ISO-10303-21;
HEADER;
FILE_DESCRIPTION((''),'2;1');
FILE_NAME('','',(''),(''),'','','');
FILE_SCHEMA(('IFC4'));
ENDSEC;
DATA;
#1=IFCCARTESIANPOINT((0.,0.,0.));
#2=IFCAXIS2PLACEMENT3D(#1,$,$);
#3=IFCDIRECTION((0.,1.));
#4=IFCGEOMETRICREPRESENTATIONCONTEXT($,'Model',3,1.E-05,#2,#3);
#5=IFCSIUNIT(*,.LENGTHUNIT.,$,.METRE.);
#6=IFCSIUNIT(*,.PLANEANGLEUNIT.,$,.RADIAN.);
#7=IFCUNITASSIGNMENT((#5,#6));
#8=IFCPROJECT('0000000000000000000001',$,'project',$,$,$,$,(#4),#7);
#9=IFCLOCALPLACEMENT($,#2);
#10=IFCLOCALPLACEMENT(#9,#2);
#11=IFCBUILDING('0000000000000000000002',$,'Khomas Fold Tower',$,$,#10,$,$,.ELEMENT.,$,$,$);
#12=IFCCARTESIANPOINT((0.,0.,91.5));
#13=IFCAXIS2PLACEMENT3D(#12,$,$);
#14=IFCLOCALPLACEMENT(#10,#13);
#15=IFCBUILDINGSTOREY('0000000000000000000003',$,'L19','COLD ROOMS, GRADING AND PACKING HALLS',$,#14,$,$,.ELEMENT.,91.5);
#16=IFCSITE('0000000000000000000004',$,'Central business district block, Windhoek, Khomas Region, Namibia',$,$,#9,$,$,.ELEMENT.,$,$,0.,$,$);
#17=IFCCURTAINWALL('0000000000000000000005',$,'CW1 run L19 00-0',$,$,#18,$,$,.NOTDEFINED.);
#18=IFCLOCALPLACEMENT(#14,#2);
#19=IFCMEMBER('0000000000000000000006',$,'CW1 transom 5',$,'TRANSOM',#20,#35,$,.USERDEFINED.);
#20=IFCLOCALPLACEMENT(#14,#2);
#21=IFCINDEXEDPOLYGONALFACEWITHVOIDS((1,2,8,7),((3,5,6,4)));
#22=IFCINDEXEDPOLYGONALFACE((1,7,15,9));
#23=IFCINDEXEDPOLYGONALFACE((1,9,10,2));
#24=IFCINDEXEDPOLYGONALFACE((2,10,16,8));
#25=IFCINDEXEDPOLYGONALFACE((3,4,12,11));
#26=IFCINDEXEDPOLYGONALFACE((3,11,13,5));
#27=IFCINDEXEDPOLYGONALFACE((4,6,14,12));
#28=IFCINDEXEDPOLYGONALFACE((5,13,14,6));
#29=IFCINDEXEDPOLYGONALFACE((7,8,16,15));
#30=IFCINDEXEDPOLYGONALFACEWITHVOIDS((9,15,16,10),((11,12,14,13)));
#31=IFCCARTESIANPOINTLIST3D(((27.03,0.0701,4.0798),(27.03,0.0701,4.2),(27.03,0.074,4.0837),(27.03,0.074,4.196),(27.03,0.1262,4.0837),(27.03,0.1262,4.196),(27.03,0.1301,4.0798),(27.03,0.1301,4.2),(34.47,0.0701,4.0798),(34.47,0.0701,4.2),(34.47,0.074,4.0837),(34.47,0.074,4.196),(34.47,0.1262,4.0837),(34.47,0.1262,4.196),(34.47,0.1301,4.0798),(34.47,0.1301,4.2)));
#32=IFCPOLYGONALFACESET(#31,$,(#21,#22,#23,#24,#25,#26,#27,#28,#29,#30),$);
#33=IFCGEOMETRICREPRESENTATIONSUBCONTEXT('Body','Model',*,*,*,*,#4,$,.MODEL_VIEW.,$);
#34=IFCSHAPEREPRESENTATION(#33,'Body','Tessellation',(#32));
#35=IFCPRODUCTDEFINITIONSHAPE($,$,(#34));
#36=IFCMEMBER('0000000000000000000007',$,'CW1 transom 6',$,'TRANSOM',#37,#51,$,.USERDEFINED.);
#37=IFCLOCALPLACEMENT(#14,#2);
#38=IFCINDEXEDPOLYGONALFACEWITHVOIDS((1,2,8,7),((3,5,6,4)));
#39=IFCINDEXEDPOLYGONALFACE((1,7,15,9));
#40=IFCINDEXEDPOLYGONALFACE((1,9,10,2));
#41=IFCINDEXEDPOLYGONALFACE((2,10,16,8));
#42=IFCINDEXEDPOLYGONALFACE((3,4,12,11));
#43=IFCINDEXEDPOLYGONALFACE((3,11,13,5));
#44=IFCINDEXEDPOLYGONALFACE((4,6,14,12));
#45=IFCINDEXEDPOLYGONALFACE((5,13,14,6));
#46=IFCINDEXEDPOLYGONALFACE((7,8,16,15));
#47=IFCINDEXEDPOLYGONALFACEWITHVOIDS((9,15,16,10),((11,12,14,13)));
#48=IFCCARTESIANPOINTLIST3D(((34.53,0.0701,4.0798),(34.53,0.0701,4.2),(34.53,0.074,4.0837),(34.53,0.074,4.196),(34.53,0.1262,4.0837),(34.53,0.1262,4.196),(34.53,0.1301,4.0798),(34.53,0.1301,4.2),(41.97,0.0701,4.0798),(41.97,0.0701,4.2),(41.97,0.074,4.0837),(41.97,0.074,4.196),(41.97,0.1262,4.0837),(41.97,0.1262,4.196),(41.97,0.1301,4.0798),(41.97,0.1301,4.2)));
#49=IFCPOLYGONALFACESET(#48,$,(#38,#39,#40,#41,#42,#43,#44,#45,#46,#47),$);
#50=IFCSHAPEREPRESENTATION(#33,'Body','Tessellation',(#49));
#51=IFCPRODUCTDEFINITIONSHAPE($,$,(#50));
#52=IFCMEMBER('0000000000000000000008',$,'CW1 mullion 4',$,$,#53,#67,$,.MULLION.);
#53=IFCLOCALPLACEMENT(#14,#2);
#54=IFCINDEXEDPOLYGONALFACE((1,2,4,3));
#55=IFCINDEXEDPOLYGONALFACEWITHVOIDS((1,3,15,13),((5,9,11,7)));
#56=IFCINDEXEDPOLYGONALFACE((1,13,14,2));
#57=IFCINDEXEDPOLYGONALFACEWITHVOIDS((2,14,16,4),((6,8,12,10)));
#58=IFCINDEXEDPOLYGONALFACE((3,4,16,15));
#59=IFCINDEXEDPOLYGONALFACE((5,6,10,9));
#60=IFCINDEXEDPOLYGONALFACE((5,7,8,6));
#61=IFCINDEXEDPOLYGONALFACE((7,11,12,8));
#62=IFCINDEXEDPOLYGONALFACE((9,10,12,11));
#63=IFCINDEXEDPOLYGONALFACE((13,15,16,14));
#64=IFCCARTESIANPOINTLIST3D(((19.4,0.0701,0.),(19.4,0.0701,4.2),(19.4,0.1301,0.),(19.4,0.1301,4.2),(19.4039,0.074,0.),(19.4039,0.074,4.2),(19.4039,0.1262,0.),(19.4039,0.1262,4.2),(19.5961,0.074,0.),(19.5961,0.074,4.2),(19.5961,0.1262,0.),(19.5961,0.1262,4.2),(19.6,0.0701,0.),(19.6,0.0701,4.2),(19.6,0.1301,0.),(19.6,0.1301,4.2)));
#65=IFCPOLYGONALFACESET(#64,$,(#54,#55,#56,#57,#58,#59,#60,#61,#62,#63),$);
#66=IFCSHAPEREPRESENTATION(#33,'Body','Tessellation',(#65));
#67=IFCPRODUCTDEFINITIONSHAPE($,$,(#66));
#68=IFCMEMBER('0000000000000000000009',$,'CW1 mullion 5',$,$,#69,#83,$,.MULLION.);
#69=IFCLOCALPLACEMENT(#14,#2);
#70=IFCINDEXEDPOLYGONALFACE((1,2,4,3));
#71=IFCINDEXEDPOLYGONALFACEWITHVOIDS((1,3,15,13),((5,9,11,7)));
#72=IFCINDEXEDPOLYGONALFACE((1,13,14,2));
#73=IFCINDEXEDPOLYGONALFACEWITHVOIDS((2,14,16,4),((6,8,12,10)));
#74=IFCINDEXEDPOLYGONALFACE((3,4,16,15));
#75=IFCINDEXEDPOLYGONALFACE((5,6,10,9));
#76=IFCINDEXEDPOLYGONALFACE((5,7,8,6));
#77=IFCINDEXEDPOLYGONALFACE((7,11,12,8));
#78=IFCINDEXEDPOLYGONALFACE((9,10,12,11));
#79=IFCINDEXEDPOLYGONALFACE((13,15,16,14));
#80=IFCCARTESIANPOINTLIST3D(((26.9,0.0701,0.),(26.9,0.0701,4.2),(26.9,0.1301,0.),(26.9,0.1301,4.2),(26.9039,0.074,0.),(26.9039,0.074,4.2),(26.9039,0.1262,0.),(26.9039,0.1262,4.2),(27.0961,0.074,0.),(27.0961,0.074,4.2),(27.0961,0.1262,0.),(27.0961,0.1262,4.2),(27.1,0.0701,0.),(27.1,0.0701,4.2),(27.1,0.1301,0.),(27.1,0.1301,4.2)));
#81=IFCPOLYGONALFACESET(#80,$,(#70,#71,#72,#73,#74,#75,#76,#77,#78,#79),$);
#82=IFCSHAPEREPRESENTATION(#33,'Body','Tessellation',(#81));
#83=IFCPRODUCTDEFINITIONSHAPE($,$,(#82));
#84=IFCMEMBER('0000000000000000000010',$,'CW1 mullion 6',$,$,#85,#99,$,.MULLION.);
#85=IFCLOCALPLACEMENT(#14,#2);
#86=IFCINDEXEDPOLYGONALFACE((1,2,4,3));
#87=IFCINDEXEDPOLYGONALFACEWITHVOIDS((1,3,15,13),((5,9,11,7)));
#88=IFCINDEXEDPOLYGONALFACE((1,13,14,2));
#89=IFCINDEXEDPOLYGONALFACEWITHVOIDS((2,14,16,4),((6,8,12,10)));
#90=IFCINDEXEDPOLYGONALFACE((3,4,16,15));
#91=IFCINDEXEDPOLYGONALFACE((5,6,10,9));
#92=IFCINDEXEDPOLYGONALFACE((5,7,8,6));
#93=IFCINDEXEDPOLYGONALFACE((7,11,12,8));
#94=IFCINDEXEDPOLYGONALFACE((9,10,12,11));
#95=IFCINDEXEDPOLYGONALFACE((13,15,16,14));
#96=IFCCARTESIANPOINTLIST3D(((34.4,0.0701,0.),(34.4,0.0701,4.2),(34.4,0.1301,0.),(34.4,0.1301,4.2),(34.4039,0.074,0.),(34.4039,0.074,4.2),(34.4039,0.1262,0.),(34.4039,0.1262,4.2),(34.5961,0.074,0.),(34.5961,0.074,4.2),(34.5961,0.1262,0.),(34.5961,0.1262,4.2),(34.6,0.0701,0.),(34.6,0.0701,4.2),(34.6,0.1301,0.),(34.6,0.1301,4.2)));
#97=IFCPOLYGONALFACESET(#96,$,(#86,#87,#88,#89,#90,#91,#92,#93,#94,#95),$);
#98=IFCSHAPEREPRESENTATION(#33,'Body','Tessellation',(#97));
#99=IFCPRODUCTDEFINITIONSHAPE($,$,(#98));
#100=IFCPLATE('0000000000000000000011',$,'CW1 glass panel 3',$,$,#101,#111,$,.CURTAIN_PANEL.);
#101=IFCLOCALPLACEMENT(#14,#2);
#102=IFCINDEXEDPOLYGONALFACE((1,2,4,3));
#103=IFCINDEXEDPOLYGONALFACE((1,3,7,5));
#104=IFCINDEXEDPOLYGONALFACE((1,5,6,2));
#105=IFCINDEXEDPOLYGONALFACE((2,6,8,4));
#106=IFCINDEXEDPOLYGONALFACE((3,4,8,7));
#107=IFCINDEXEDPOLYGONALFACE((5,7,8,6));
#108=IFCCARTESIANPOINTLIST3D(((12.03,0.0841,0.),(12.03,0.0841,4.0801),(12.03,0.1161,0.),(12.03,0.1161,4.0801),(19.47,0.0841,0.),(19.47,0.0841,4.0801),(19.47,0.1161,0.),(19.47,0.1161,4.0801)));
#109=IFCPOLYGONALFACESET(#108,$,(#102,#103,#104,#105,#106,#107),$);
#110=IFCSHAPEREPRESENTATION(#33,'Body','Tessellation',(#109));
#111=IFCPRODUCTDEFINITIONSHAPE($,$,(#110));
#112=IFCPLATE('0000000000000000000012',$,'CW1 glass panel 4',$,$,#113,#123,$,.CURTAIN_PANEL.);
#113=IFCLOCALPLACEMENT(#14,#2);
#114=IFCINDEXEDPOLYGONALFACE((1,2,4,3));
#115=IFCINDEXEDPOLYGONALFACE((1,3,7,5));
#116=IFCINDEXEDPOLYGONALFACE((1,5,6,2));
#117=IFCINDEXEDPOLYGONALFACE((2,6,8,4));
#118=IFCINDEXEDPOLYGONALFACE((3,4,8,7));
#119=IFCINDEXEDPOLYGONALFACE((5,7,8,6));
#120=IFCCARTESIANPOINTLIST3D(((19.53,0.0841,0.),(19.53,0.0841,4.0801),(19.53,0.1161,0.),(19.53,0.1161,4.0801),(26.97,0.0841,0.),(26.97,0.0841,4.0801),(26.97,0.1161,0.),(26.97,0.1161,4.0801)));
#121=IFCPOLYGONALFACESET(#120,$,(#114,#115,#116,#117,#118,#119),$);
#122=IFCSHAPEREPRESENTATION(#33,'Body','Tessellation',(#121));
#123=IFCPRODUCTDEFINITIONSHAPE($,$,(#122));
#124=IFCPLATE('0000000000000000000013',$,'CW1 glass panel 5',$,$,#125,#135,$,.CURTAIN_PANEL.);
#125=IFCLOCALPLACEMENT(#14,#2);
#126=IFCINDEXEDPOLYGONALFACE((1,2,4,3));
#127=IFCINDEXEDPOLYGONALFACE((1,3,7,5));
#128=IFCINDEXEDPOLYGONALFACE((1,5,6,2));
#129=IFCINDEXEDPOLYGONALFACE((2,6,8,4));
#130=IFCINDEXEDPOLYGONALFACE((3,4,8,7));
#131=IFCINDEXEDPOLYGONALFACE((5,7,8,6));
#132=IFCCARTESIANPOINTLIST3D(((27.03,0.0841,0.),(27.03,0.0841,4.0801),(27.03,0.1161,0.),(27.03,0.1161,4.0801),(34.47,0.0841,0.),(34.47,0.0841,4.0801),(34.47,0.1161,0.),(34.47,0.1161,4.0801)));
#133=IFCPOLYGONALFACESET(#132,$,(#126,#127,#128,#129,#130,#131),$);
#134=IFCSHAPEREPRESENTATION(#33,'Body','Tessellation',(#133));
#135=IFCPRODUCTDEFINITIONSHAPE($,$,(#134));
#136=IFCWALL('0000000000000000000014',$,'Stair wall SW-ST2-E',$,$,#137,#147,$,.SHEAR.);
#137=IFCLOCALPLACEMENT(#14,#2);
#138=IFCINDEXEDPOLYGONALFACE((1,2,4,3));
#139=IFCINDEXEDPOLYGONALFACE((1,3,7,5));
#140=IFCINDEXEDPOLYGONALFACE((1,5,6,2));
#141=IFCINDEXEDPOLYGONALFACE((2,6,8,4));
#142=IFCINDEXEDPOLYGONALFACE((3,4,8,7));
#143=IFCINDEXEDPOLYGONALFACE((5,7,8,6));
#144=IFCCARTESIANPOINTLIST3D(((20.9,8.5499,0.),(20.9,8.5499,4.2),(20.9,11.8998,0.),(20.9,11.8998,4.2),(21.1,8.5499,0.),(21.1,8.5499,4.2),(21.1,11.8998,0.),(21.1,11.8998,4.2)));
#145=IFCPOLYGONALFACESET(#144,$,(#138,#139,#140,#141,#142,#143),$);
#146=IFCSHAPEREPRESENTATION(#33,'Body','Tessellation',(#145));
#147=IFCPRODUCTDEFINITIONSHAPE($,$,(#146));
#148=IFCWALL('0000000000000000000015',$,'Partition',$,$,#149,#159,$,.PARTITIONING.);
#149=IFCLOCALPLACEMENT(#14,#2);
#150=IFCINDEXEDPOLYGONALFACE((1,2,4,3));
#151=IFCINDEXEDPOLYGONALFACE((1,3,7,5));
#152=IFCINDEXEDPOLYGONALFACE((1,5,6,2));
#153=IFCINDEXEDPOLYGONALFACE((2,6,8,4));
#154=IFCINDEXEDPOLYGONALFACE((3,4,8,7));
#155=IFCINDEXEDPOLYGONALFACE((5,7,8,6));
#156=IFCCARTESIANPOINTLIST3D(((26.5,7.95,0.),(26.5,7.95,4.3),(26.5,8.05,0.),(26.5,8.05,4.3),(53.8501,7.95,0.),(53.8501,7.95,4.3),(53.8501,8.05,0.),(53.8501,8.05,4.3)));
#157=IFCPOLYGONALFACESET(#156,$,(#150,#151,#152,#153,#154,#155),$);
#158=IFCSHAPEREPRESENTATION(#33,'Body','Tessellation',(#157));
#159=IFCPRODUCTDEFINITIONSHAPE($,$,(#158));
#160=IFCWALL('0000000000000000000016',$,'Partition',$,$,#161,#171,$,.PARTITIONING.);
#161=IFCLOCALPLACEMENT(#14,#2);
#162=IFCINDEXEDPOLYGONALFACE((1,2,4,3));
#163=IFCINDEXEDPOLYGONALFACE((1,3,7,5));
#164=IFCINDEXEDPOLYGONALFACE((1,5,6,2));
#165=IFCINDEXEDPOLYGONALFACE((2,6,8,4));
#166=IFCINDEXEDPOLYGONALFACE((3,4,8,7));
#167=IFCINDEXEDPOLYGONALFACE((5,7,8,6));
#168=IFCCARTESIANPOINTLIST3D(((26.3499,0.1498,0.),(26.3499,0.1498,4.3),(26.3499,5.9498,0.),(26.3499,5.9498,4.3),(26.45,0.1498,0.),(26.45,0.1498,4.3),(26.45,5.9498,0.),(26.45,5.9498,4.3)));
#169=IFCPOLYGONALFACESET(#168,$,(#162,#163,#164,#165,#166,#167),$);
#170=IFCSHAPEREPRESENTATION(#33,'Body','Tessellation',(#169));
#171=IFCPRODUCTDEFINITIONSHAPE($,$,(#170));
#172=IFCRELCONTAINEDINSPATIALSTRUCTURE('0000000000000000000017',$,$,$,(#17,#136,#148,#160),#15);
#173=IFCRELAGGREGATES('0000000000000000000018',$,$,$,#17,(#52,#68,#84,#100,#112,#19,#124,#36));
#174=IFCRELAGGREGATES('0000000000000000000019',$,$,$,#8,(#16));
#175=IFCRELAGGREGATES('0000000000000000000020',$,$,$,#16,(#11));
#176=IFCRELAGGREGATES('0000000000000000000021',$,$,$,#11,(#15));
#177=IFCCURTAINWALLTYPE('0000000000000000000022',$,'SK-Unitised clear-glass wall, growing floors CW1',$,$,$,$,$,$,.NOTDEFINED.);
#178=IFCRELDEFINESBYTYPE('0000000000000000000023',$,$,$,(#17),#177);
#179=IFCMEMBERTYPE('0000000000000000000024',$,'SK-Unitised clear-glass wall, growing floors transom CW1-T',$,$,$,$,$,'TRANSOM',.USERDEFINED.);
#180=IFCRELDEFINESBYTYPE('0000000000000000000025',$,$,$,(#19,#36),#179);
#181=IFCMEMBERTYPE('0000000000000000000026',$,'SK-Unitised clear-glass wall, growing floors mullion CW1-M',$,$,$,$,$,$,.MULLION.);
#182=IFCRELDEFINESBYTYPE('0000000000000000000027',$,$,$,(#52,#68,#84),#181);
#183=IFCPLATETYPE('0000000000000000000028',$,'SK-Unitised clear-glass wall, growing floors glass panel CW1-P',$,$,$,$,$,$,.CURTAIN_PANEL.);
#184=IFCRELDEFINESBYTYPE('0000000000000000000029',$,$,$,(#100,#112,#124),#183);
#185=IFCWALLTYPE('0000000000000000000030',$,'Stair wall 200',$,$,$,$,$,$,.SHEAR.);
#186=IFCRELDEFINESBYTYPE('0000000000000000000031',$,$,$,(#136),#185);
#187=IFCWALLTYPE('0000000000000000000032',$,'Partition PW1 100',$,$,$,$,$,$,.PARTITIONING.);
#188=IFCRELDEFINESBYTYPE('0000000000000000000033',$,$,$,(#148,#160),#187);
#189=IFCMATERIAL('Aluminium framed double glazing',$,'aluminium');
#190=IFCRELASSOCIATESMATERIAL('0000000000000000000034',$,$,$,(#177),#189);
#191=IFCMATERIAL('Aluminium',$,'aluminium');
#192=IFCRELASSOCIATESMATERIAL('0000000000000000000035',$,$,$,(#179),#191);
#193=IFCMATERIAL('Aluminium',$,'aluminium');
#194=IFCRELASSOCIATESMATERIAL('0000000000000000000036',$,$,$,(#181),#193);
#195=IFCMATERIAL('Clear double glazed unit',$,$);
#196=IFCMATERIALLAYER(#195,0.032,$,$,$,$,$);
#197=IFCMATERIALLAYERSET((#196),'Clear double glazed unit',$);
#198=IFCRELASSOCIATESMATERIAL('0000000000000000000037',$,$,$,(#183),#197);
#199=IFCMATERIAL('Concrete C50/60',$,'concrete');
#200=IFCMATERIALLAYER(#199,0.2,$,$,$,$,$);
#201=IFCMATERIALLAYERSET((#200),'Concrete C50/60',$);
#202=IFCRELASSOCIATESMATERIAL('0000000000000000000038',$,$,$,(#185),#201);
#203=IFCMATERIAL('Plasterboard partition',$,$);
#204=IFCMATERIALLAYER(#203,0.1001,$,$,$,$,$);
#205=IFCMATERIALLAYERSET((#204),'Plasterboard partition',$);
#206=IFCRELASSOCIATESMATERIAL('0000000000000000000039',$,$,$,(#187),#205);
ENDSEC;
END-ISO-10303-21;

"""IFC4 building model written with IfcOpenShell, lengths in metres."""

from ifc_helpers import new_model, si_unit, direction, frame, frame_2d, origin, origin_2d, place, context, subcontext, project, spatial, rectangle, hollow_rectangle, extrude, source, transform, mapped, material, layer, layer_set, material_profile, profile_set, type_object, element, aggregate, save


model = new_model("IFC4")

# Units and contexts
model_context = context("Model", 3, precision=1e-05, world=origin(), true_north=direction((0.0, 1.0)))
body_context = subcontext(model_context, "Body", "Model", "MODEL_VIEW")
ifc_project = project(units=[si_unit("LENGTHUNIT", "METRE"), si_unit("PLANEANGLEUNIT", "RADIAN")], contexts=[model_context])

# Site, building, storey
site_placement = place(None, origin())
site = spatial("IfcSite", under=ifc_project, at=site_placement, Name="Central business district block, Windhoek, Khomas Region, Namibia", CompositionType="ELEMENT", RefElevation=0.0)
building_placement = place(site_placement, origin())
building = spatial("IfcBuilding", under=site, at=building_placement, Name="Khomas Fold Tower", CompositionType="ELEMENT")
storey_placement = place(building_placement, frame((0.0, 0.0, 91.5)))
storey = spatial("IfcBuildingStorey", under=building, at=storey_placement, Name="L19", Description="COLD ROOMS, GRADING AND PACKING HALLS", CompositionType="ELEMENT", Elevation=91.5)

# Curtain wall, members, plates
ifc_material_1 = material(Name="Aluminium framed double glazing", Category="aluminium")
curtain_wall_type = type_object("IfcCurtainWallType", Name="SK-Unitised clear-glass wall, growing floors CW1", PredefinedType="NOTDEFINED", material=ifc_material_1)
curtain_wall_placement = place(storey_placement, origin())
curtain_wall = element("IfcCurtainWall", 1, at=curtain_wall_placement, inside=storey, type_object=curtain_wall_type, Name="CW1 run L19 00-0", PredefinedType="NOTDEFINED")
ifc_material_2 = material(Name="Aluminium", Category="aluminium")
ifc_material_profile_1 = material_profile(ifc_material_2, hollow_rectangle(XDim=0.0601, YDim=0.1201, WallThickness=0.0039, at=origin_2d()), Name="SK-Unitised clear-glass wall, growing floors transom CW1-T")
ifc_profile_set_1 = profile_set([ifc_material_profile_1], Name="Aluminium")
member_type_1 = type_object("IfcMemberType", Name="SK-Unitised clear-glass wall, growing floors transom CW1-T", ElementType="TRANSOM", PredefinedType="USERDEFINED", material=ifc_profile_set_1)
shared_shape_1 = source(origin(), body_context, "Body", "SweptSolid", [
    extrude(hollow_rectangle(XDim=0.0601, YDim=0.1201, WallThickness=0.0039, at=origin_2d()), origin(), (0.0, 0.0, 1.0), 7.4399),
])
member_1_placement = place(storey_placement, frame((27.03, 0.1001, 4.1399), z_axis=(1.0, 0.0, 0.0), x_axis=(0.0, 1.0, 0.0)))
member_1 = element("IfcMember", 2, at=member_1_placement, type_object=member_type_1, Name="CW1 transom 5", ObjectType="TRANSOM", PredefinedType="USERDEFINED", context=body_context, shape_type="MappedRepresentation", body=[
    mapped(shared_shape_1, transform((0.0, 0.0, 0.0))),
])
member_2_placement = place(storey_placement, frame((34.53, 0.1001, 4.1399), z_axis=(1.0, 0.0, 0.0), x_axis=(0.0, 1.0, 0.0)))
member_2 = element("IfcMember", 3, at=member_2_placement, type_object=member_type_1, Name="CW1 transom 6", ObjectType="TRANSOM", PredefinedType="USERDEFINED", context=body_context, shape_type="MappedRepresentation", body=[
    mapped(shared_shape_1, transform((0.0, 0.0, 0.0))),
])
ifc_material_3 = material(Name="Aluminium", Category="aluminium")
ifc_material_profile_2 = material_profile(ifc_material_3, hollow_rectangle(XDim=0.0601, YDim=0.2, WallThickness=0.0039, at=origin_2d()), Name="SK-Unitised clear-glass wall, growing floors mullion CW1-M")
ifc_profile_set_2 = profile_set([ifc_material_profile_2], Name="Aluminium")
member_type_2 = type_object("IfcMemberType", Name="SK-Unitised clear-glass wall, growing floors mullion CW1-M", PredefinedType="MULLION", material=ifc_profile_set_2)
shared_shape_2 = source(origin(), body_context, "Body", "SweptSolid", [
    extrude(hollow_rectangle(XDim=0.0601, YDim=0.2, WallThickness=0.0039, at=origin_2d()), origin(), (0.0, 0.0, 1.0), 4.2),
])
member_3_placement = place(storey_placement, frame((19.5, 0.1001, 0.0), z_axis=(0.0, 0.0, 1.0), x_axis=(0.0, 1.0, 0.0)))
member_3 = element("IfcMember", 4, at=member_3_placement, type_object=member_type_2, Name="CW1 mullion 4", PredefinedType="MULLION", context=body_context, shape_type="MappedRepresentation", body=[
    mapped(shared_shape_2, transform((0.0, 0.0, 0.0))),
])
member_4_placement = place(storey_placement, frame((27.0, 0.1001, 0.0), z_axis=(0.0, 0.0, 1.0), x_axis=(0.0, 1.0, 0.0)))
member_4 = element("IfcMember", 5, at=member_4_placement, type_object=member_type_2, Name="CW1 mullion 5", PredefinedType="MULLION", context=body_context, shape_type="MappedRepresentation", body=[
    mapped(shared_shape_2, transform((0.0, 0.0, 0.0))),
])
member_5_placement = place(storey_placement, frame((34.5, 0.1001, 0.0), z_axis=(0.0, 0.0, 1.0), x_axis=(0.0, 1.0, 0.0)))
member_5 = element("IfcMember", 6, at=member_5_placement, type_object=member_type_2, Name="CW1 mullion 6", PredefinedType="MULLION", context=body_context, shape_type="MappedRepresentation", body=[
    mapped(shared_shape_2, transform((0.0, 0.0, 0.0))),
])
ifc_material_4 = material(Name="Clear double glazed unit")
ifc_layer_1 = layer(ifc_material_4, 0.032)
ifc_layer_set_1 = layer_set([ifc_layer_1], Name="Clear double glazed unit")
plate_type = type_object("IfcPlateType", Name="SK-Unitised clear-glass wall, growing floors glass panel CW1-P", PredefinedType="CURTAIN_PANEL", material=ifc_layer_set_1)
shared_shape_3 = source(origin(), body_context, "Body", "SweptSolid", [
    extrude(rectangle(XDim=7.4399, YDim=0.032, at=origin_2d()), origin(), (0.0, 0.0, 1.0), 4.0801),
])
plate_1_placement = place(storey_placement, frame((15.75, 0.1001, 0.0), z_axis=(0.0, 0.0, 1.0), x_axis=(1.0, 0.0, 0.0)))
plate_1 = element("IfcPlate", 7, at=plate_1_placement, type_object=plate_type, Name="CW1 glass panel 3", PredefinedType="CURTAIN_PANEL", context=body_context, shape_type="MappedRepresentation", body=[
    mapped(shared_shape_3, transform((0.0, 0.0, 0.0))),
])
plate_2_placement = place(storey_placement, frame((23.25, 0.1001, 0.0), z_axis=(0.0, 0.0, 1.0), x_axis=(1.0, 0.0, 0.0)))
plate_2 = element("IfcPlate", 8, at=plate_2_placement, type_object=plate_type, Name="CW1 glass panel 4", PredefinedType="CURTAIN_PANEL", context=body_context, shape_type="MappedRepresentation", body=[
    mapped(shared_shape_3, transform((0.0, 0.0, 0.0))),
])
plate_3_placement = place(storey_placement, frame((30.75, 0.1001, 0.0), z_axis=(0.0, 0.0, 1.0), x_axis=(1.0, 0.0, 0.0)))
plate_3 = element("IfcPlate", 9, at=plate_3_placement, type_object=plate_type, Name="CW1 glass panel 5", PredefinedType="CURTAIN_PANEL", context=body_context, shape_type="MappedRepresentation", body=[
    mapped(shared_shape_3, transform((0.0, 0.0, 0.0))),
])
aggregate(curtain_wall, [member_3, member_4, member_5, plate_1, plate_2, member_1, plate_3, member_2])

# Walls
ifc_material_5 = material(Name="Concrete C50/60", Category="concrete")
ifc_layer_2 = layer(ifc_material_5, 0.2)
ifc_layer_set_2 = layer_set([ifc_layer_2], Name="Concrete C50/60")
wall_type_1 = type_object("IfcWallType", Name="Stair wall 200", PredefinedType="SHEAR", material=ifc_layer_set_2)
shared_shape_4 = source(origin(), body_context, "Body", "SweptSolid", [
    extrude(rectangle(XDim=3.3499, YDim=0.2, at=frame_2d((1.6748, 0.0))), origin(), (0.0, 0.0, 1.0), 4.2),
])
wall_1_placement = place(storey_placement, frame((21.0, 8.55, 0.0), z_axis=(0.0, 0.0, 1.0), x_axis=(0.0, 1.0, 0.0)))
element("IfcWall", 10, at=wall_1_placement, inside=storey, type_object=wall_type_1, Name="Stair wall SW-ST2-E", PredefinedType="SHEAR", context=body_context, shape_type="MappedRepresentation", body=[
    mapped(shared_shape_4, transform((0.0, 0.0, 0.0))),
])
ifc_material_6 = material(Name="Plasterboard partition")
ifc_layer_3 = layer(ifc_material_6, 0.1001)
ifc_layer_set_3 = layer_set([ifc_layer_3], Name="Plasterboard partition")
wall_type_2 = type_object("IfcWallType", Name="Partition PW1 100", PredefinedType="PARTITIONING", material=ifc_layer_set_3)
shared_shape_5 = source(origin(), body_context, "Body", "SweptSolid", [
    extrude(rectangle(XDim=27.3501, YDim=0.1001, at=frame_2d((13.675, 0.0))), origin(), (0.0, 0.0, 1.0), 4.3),
])
wall_2_placement = place(storey_placement, frame((26.5, 8.0, 0.0), z_axis=(0.0, 0.0, 1.0), x_axis=(1.0, 0.0, 0.0)))
element("IfcWall", 11, at=wall_2_placement, inside=storey, type_object=wall_type_2, Name="Partition", PredefinedType="PARTITIONING", context=body_context, shape_type="MappedRepresentation", body=[
    mapped(shared_shape_5, transform((0.0, 0.0, 0.0))),
])
shared_shape_6 = source(origin(), body_context, "Body", "SweptSolid", [
    extrude(rectangle(XDim=5.8, YDim=0.1001, at=frame_2d((2.8999, 0.0))), origin(), (0.0, 0.0, 1.0), 4.3),
])
wall_3_placement = place(storey_placement, frame((26.3999, 0.1499, 0.0), z_axis=(0.0, 0.0, 1.0), x_axis=(0.0, 1.0, 0.0)))
element("IfcWall", 12, at=wall_3_placement, inside=storey, type_object=wall_type_2, Name="Partition", PredefinedType="PARTITIONING", context=body_context, shape_type="MappedRepresentation", body=[
    mapped(shared_shape_6, transform((0.0, 0.0, 0.0))),
])

save(model, "model.ifc")
